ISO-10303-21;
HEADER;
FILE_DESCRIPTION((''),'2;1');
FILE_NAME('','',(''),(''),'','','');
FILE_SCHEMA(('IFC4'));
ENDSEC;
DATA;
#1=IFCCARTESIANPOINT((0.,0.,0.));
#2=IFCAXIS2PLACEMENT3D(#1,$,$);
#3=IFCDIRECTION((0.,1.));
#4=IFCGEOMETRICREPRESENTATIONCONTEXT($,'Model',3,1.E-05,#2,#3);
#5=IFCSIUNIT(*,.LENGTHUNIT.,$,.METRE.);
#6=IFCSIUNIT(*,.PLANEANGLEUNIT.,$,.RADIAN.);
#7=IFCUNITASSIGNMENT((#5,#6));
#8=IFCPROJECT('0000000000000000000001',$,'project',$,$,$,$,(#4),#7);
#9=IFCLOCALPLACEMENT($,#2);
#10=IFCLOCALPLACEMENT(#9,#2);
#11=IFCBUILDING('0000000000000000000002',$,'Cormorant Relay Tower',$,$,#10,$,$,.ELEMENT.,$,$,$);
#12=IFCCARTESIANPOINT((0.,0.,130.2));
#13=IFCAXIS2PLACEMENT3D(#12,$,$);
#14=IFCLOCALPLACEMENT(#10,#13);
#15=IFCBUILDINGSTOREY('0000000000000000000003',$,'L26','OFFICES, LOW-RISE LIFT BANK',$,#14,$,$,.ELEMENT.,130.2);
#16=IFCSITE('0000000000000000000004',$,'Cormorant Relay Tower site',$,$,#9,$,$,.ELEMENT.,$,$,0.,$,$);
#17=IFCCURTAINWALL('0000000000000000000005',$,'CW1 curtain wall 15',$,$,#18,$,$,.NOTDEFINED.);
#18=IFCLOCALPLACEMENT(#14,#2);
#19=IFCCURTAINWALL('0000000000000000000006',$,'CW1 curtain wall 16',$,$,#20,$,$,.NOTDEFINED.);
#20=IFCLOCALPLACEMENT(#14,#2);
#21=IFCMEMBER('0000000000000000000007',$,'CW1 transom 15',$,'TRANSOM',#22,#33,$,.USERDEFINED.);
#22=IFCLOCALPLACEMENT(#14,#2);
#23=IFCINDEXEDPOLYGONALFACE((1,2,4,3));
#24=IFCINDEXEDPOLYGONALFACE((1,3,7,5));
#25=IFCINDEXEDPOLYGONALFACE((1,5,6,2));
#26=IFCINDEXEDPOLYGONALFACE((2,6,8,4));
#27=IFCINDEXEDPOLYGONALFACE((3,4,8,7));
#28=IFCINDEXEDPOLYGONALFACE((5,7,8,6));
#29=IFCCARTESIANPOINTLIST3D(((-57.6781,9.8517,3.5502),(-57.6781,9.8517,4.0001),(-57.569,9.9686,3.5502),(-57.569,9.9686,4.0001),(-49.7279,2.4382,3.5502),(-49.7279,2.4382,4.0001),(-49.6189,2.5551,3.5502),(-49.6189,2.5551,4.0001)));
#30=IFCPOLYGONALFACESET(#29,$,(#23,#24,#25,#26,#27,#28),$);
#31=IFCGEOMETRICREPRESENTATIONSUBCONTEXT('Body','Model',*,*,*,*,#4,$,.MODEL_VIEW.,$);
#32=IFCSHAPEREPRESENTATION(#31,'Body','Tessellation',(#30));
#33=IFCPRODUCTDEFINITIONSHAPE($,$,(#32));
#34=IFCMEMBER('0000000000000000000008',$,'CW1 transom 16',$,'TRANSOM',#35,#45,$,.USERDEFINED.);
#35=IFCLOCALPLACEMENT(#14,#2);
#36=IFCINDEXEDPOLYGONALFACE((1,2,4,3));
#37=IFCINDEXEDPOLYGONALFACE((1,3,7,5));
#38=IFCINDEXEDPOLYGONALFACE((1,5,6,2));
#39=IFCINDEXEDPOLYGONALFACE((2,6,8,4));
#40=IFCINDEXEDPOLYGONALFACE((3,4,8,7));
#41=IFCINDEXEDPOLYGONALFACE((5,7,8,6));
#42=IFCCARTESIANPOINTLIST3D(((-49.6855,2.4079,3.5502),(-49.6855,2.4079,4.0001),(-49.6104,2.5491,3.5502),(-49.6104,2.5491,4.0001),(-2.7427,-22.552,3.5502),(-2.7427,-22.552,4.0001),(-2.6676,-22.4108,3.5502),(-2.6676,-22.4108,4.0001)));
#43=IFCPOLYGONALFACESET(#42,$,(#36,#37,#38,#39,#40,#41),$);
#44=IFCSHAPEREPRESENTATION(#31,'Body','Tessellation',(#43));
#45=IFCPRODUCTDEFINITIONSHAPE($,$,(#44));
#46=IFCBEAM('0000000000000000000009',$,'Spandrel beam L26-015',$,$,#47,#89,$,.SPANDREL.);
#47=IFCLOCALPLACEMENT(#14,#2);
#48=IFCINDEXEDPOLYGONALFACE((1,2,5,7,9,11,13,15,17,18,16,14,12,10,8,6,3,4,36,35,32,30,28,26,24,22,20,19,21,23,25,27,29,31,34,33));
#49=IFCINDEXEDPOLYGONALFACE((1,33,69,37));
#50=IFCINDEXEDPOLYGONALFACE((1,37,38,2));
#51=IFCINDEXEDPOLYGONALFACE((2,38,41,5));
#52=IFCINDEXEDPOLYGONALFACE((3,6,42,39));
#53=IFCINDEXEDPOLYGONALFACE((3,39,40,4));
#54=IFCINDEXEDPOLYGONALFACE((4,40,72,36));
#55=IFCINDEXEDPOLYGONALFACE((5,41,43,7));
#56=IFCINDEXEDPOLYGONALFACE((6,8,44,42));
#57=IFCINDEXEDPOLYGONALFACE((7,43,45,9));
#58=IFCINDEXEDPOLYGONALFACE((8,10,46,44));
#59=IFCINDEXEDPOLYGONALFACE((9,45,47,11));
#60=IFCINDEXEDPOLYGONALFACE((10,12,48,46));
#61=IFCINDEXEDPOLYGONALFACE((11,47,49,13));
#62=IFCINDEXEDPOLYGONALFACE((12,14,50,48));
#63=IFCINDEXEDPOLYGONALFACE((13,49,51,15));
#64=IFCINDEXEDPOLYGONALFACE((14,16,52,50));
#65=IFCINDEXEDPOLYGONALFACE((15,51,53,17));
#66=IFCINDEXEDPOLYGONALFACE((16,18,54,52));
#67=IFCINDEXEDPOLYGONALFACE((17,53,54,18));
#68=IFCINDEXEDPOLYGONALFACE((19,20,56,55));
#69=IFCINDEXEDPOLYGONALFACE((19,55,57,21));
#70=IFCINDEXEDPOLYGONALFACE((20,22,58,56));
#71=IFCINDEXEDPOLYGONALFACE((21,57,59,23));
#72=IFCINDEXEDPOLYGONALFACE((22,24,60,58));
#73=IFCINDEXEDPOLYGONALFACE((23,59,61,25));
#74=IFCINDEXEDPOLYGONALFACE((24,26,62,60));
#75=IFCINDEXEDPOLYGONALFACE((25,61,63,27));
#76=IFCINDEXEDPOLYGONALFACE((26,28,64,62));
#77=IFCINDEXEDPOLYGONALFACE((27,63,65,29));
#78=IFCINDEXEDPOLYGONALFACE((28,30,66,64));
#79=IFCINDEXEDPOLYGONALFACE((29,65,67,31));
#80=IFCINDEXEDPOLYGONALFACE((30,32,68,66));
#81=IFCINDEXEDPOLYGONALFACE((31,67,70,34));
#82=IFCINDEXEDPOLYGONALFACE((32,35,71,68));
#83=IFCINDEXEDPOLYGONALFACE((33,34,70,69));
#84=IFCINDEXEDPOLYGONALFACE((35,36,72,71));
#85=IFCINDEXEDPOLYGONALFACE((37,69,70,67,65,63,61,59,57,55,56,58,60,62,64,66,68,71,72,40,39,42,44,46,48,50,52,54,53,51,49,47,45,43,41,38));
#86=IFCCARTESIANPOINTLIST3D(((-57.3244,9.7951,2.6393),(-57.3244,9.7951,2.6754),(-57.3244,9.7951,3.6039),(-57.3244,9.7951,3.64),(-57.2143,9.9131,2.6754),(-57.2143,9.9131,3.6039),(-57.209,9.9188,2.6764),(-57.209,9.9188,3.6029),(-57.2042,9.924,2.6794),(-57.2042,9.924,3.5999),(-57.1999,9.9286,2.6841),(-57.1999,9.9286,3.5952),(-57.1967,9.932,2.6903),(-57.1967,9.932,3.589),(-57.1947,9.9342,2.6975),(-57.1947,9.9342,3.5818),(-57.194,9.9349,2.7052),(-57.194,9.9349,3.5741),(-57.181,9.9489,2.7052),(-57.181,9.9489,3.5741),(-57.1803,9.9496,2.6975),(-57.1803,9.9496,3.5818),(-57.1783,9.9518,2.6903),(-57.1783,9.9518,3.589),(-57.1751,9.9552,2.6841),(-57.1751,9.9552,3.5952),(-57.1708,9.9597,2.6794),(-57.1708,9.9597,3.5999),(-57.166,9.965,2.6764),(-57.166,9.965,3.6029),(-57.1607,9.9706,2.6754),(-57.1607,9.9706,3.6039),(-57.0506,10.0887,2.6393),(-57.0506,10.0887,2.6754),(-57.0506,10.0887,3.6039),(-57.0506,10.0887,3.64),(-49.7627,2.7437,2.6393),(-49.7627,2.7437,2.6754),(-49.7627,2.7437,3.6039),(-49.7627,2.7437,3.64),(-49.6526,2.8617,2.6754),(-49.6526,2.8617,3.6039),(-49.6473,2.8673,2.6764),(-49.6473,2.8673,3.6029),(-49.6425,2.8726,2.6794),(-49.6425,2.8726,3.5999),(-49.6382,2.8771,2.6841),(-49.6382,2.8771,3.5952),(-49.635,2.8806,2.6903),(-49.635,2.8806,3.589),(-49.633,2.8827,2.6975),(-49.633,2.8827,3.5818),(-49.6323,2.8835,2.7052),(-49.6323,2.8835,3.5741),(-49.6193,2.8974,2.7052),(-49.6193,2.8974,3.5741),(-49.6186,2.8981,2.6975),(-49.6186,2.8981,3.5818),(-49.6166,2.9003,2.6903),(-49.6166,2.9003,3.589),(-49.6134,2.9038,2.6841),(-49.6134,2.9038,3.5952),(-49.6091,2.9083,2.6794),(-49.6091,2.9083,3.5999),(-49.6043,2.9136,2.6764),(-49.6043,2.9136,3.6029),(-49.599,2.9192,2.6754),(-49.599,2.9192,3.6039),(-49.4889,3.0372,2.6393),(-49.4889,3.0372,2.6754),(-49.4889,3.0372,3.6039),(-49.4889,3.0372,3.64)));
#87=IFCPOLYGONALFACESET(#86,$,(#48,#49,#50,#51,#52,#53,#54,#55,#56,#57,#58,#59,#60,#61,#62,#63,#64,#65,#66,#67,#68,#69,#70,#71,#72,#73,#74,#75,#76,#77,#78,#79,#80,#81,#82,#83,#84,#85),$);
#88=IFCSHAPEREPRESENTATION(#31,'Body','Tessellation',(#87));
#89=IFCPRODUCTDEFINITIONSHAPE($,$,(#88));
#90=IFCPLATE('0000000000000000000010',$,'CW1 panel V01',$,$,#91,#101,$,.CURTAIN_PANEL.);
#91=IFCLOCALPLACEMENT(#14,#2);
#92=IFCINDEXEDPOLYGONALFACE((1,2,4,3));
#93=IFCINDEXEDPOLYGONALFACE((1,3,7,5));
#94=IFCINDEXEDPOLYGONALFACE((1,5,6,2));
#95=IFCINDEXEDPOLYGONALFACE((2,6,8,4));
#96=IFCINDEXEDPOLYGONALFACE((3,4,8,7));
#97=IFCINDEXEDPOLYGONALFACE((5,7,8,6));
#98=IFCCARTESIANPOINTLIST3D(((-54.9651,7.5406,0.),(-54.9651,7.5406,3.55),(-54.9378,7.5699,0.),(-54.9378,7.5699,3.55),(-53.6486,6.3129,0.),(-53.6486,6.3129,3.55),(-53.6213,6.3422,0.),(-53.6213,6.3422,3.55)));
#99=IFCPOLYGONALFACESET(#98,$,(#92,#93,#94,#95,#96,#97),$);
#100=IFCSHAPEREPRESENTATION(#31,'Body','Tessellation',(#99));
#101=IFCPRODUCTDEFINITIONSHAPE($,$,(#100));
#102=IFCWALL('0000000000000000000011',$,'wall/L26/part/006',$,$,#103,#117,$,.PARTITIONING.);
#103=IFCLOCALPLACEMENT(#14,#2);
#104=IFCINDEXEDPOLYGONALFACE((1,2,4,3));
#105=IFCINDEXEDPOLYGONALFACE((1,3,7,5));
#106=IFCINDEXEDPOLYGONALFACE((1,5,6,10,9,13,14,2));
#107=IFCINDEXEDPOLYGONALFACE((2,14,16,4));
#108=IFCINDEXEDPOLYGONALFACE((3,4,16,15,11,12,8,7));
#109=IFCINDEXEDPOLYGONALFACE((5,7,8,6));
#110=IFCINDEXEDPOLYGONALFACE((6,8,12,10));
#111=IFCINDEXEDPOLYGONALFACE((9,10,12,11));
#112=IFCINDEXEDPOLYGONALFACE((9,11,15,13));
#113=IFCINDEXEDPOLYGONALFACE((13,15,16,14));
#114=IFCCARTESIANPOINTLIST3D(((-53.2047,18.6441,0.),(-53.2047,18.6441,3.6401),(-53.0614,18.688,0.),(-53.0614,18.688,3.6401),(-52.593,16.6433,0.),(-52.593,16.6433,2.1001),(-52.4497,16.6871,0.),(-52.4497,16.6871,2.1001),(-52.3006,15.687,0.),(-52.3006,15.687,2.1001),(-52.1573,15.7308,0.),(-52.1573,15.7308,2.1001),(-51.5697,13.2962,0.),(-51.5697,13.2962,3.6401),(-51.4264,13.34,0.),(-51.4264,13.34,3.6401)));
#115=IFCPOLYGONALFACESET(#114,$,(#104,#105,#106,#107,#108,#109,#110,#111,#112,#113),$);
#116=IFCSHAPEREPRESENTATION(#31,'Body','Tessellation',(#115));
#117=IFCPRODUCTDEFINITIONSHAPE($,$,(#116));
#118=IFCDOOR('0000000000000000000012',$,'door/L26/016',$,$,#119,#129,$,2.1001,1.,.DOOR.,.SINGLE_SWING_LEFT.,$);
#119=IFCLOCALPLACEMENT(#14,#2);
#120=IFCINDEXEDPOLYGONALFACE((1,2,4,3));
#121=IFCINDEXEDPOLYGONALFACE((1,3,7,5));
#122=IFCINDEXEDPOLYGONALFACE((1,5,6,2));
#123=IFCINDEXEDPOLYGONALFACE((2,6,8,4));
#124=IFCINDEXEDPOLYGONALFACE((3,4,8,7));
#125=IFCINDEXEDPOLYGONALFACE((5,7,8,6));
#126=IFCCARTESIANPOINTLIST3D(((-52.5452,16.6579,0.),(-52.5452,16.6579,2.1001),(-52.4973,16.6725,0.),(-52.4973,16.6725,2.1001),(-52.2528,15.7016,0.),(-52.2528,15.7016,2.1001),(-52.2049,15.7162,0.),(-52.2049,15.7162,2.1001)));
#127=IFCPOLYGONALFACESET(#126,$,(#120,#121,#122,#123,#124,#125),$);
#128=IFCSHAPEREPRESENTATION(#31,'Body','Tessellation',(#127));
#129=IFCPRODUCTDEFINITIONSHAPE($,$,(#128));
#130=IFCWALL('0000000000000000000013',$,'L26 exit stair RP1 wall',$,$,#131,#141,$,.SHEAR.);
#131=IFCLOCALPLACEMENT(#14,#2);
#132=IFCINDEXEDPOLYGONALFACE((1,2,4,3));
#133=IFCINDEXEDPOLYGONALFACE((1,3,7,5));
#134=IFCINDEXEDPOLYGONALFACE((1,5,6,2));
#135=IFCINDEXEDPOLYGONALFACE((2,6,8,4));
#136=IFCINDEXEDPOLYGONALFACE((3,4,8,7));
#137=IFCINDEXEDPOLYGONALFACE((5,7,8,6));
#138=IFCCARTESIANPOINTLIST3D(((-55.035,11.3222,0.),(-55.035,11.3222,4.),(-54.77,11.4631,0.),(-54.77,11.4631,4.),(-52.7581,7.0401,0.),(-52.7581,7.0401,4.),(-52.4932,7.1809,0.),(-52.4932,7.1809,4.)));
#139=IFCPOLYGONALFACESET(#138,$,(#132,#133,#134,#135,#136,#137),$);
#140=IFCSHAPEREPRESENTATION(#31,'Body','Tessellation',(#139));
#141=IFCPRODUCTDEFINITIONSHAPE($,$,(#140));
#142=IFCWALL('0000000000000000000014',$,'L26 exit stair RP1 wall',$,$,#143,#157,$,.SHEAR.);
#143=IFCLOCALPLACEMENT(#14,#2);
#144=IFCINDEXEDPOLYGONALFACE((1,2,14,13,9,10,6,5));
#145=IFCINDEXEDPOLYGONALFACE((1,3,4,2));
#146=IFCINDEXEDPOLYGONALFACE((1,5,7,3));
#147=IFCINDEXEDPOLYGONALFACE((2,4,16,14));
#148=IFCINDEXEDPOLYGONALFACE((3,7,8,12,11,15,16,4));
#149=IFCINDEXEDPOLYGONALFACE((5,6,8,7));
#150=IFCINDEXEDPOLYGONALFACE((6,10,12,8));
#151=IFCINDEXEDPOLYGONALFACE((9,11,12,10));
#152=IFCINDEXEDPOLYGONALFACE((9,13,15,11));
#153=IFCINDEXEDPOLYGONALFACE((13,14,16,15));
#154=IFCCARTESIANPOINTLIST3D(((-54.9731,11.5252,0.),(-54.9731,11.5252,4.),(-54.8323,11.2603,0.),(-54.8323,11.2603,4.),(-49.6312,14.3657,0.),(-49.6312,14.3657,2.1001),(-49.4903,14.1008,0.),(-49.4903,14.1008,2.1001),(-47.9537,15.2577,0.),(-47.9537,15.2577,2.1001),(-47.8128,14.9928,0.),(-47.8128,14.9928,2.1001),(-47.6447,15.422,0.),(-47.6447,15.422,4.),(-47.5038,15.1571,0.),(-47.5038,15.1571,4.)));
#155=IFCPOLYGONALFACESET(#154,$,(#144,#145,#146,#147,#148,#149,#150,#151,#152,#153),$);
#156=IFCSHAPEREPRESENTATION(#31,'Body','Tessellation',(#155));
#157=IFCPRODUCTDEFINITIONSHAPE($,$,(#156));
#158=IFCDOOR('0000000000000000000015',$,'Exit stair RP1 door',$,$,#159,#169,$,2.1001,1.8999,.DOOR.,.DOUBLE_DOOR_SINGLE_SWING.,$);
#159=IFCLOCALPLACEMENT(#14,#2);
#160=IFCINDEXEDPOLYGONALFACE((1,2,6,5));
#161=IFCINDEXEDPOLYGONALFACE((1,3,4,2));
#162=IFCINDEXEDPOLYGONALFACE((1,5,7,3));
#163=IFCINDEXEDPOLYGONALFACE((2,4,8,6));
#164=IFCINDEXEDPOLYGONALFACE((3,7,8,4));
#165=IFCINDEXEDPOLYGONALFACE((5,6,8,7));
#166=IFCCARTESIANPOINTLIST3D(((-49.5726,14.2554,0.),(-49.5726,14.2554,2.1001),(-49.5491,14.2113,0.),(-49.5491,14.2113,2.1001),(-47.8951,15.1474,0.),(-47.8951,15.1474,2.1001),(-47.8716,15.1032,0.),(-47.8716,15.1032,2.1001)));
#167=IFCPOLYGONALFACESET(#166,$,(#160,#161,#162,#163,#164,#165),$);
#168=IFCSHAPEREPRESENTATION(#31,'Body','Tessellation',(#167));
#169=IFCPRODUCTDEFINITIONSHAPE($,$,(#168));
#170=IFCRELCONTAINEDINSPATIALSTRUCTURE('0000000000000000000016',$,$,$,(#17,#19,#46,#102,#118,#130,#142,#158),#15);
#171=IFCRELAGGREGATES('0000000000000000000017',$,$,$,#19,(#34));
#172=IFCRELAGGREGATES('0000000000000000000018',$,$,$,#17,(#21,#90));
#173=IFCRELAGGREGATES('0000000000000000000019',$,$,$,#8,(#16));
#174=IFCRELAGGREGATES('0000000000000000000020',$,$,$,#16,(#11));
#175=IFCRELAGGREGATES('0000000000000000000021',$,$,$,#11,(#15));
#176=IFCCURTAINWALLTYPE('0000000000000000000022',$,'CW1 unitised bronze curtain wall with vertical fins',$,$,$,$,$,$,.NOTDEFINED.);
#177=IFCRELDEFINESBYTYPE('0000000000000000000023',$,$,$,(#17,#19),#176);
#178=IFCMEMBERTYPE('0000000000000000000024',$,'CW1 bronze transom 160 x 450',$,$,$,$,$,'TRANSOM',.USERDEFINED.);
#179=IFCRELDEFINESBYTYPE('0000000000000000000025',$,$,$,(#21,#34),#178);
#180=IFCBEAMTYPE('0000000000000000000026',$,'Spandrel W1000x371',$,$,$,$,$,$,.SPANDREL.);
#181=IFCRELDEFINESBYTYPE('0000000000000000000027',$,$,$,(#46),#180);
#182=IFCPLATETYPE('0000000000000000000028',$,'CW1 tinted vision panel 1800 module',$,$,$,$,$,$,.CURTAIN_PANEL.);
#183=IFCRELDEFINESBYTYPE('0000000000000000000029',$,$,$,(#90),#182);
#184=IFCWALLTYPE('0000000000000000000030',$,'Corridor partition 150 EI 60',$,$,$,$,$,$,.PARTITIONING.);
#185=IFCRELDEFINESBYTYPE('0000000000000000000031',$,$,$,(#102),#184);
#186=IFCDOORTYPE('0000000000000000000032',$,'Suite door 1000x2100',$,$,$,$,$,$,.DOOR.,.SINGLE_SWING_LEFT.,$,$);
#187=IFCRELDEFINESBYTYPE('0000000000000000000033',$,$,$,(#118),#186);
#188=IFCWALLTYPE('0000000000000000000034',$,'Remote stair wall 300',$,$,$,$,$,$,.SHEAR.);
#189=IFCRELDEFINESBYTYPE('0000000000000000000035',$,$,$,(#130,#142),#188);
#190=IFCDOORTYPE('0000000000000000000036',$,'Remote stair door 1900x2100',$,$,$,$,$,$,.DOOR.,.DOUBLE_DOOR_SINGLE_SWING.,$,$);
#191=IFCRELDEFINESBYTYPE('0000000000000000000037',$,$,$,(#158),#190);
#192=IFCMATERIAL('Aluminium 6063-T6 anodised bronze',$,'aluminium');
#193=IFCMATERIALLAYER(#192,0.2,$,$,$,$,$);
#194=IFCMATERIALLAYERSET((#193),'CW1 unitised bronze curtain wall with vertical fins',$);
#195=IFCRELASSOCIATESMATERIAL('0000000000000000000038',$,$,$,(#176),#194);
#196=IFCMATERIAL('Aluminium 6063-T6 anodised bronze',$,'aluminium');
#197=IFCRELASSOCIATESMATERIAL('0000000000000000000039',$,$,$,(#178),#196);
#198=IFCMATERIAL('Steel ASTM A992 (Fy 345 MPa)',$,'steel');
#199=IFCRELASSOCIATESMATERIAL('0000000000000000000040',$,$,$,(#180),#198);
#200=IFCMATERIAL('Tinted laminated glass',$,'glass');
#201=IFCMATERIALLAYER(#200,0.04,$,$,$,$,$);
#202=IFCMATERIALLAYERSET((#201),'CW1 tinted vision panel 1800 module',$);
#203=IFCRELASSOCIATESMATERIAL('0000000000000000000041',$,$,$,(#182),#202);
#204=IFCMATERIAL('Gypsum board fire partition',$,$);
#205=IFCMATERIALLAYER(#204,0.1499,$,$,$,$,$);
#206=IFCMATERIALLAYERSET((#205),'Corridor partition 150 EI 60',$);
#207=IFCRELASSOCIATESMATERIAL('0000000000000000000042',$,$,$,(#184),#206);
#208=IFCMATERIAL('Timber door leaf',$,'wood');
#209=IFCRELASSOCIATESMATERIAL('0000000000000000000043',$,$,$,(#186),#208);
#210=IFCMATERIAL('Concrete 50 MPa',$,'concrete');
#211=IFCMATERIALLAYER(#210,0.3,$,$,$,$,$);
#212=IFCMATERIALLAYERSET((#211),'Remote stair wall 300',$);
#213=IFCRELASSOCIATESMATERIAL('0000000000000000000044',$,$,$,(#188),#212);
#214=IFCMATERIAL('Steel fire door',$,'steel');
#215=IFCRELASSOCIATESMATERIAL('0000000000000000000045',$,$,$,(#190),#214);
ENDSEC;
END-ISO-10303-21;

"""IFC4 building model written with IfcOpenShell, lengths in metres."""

from ifc_helpers import new_model, si_unit, direction, frame, frame_2d, origin, origin_2d, place, context, subcontext, project, spatial, rectangle, i_section, extrude, material, layer, layer_set, material_profile, profile_set, type_object, element, fill, aggregate, save


model = new_model("IFC4")

# Units and contexts
model_context = context("Model", 3, precision=1e-05, world=origin(), true_north=direction((0.0, 1.0)))
body_context = subcontext(model_context, "Body", "Model", "MODEL_VIEW")
ifc_project = project(units=[si_unit("LENGTHUNIT", "METRE"), si_unit("PLANEANGLEUNIT", "RADIAN")], contexts=[model_context])

# Site, building, storey
site_placement = place(None, origin())
site = spatial("IfcSite", under=ifc_project, at=site_placement, Name="Cormorant Relay Tower site", CompositionType="ELEMENT", RefElevation=0.0)
building_placement = place(site_placement, origin())
building = spatial("IfcBuilding", under=site, at=building_placement, Name="Cormorant Relay Tower", CompositionType="ELEMENT")
storey_placement = place(building_placement, frame((0.0, 0.0, 130.2)))
storey = spatial("IfcBuildingStorey", under=building, at=storey_placement, Name="L26", Description="OFFICES, LOW-RISE LIFT BANK", CompositionType="ELEMENT", Elevation=130.2)

# Shared definitions
ifc_material_1 = material(Name="Aluminium 6063-T6 anodised bronze", Category="aluminium")
ifc_layer_1 = layer(ifc_material_1, 0.2)
ifc_layer_set_1 = layer_set([ifc_layer_1], Name="CW1 unitised bronze curtain wall with vertical fins")
curtain_wall_type = type_object("IfcCurtainWallType", Name="CW1 unitised bronze curtain wall with vertical fins", PredefinedType="NOTDEFINED", material=ifc_layer_set_1)

# Curtain wall
curtain_wall_1_placement = place(storey_placement, origin())
curtain_wall_1 = element("IfcCurtainWall", 1, at=curtain_wall_1_placement, inside=storey, type_object=curtain_wall_type, Name="CW1 curtain wall 15", PredefinedType="NOTDEFINED")

# Curtain wall
curtain_wall_2_placement = place(storey_placement, origin())
curtain_wall_2 = element("IfcCurtainWall", 2, at=curtain_wall_2_placement, inside=storey, type_object=curtain_wall_type, Name="CW1 curtain wall 16", PredefinedType="NOTDEFINED")

# Members
ifc_material_2 = material(Name="Aluminium 6063-T6 anodised bronze", Category="aluminium")
ifc_material_profile_1 = material_profile(ifc_material_2, rectangle(XDim=0.1599, YDim=0.45, at=origin_2d()), Name="AL 160x450")
ifc_profile_set_1 = profile_set([ifc_material_profile_1], Name="Aluminium 6063-T6 anodised bronze")
member_type_1 = type_object("IfcMemberType", Name="CW1 bronze transom 160 x 450", ElementType="TRANSOM", PredefinedType="USERDEFINED", material=ifc_profile_set_1)
member_1_placement = place(storey_placement, frame((-57.6235, 9.9102, 3.7751), z_axis=(0.731358, -0.681993, 0.0), x_axis=(0.681993, 0.731358, 0.0)))
member_1 = element("IfcMember", 3, at=member_1_placement, type_object=member_type_1, Name="CW1 transom 15", ObjectType="TRANSOM", PredefinedType="USERDEFINED", context=body_context, shape_type="SweptSolid", body=[
    extrude(rectangle(XDim=0.1599, YDim=0.45, at=origin_2d()), origin(), (0.0, 0.0, 1.0), 10.8704),
])
member_2_placement = place(storey_placement, frame((-49.6479, 2.4785, 3.7751), z_axis=(0.882948, -0.469471, 0.0), x_axis=(0.469471, 0.882948, 0.0)))
member_2 = element("IfcMember", 4, at=member_2_placement, type_object=member_type_1, Name="CW1 transom 16", ObjectType="TRANSOM", PredefinedType="USERDEFINED", context=body_context, shape_type="SweptSolid", body=[
    extrude(rectangle(XDim=0.1599, YDim=0.45, at=origin_2d()), origin(), (0.0, 0.0, 1.0), 53.166),
])
aggregate(curtain_wall_2, [member_2])

# Beam
ifc_material_3 = material(Name="Steel ASTM A992 (Fy 345 MPa)", Category="steel")
ifc_material_profile_2 = material_profile(ifc_material_3, i_section(OverallWidth=0.4014, OverallDepth=1.0007, WebThickness=0.019, FlangeThickness=0.0361, FilletRadius=0.0298, at=origin_2d()), Name="W1000x371")
ifc_profile_set_2 = profile_set([ifc_material_profile_2], Name="Steel ASTM A992 (Fy 345 MPa)")
beam_type = type_object("IfcBeamType", Name="Spandrel W1000x371", PredefinedType="SPANDREL", material=ifc_profile_set_2)
beam_placement = place(storey_placement, frame((-57.1875, 9.9419, 3.1396), z_axis=(0.731351, -0.682001, 0.0), x_axis=(0.682001, 0.731351, 0.0)))
element("IfcBeam", 5, at=beam_placement, inside=storey, type_object=beam_type, Name="Spandrel beam L26-015", PredefinedType="SPANDREL", context=body_context, shape_type="SweptSolid", body=[
    extrude(i_section(OverallWidth=0.4014, OverallDepth=1.0007, WebThickness=0.019, FlangeThickness=0.0361, FilletRadius=0.0298, at=origin_2d()), origin(), (0.0, 0.0, 1.0), 10.3394),
])

# Plate
ifc_material_4 = material(Name="Tinted laminated glass", Category="glass")
ifc_layer_2 = layer(ifc_material_4, 0.04)
ifc_layer_set_2 = layer_set([ifc_layer_2], Name="CW1 tinted vision panel 1800 module")
plate_type = type_object("IfcPlateType", Name="CW1 tinted vision panel 1800 module", PredefinedType="CURTAIN_PANEL", material=ifc_layer_set_2)
plate_placement = place(storey_placement, frame((-54.2932, 6.9414, 0.0), z_axis=(0.0, 0.0, 1.0), x_axis=(0.731354, -0.681998, 0.0)))
plate = element("IfcPlate", 6, at=plate_placement, type_object=plate_type, Name="CW1 panel V01", PredefinedType="CURTAIN_PANEL", context=body_context, shape_type="SweptSolid", body=[
    extrude(rectangle(XDim=1.8, YDim=0.04, at=origin_2d()), origin(), (0.0, 0.0, 1.0), 3.55),
])

# Wall, opening, door
ifc_material_5 = material(Name="Gypsum board fire partition")
ifc_layer_3 = layer(ifc_material_5, 0.1499)
ifc_layer_set_3 = layer_set([ifc_layer_3], Name="Corridor partition 150 EI 60")
wall_type_1 = type_object("IfcWallType", Name="Corridor partition 150 EI 60", PredefinedType="PARTITIONING", material=ifc_layer_set_3)
wall_1_placement = place(storey_placement, frame((-51.498, 13.3181, 0.0), z_axis=(0.0, 0.0, 1.0), x_axis=(-0.29237, 0.956305, 0.0)))
wall_1 = element("IfcWall", 7, at=wall_1_placement, inside=storey, type_object=wall_type_1, Name="wall/L26/part/006", PredefinedType="PARTITIONING", context=body_context, shape_type="SweptSolid", body=[
    extrude(rectangle(XDim=5.5923, YDim=0.1499, at=frame_2d((2.7961, 0.0))), origin(), (0.0, 0.0, 1.0), 3.6401),
])
opening_1_placement = place(wall_1_placement, frame((2.5, 0.0, 0.0)))
opening_1 = element("IfcOpeningElement", 8, at=opening_1_placement, cuts=wall_1, PredefinedType="OPENING", context=body_context, shape_type="SweptSolid", body=[
    extrude(rectangle(XDim=1.0, YDim=2.1001, at=frame_2d((0.5, 1.05))), frame((0.0, 0.085, 0.0), z_axis=(0.0, -1.0, 0.0), x_axis=(1.0, 0.0, 0.0)), (0.0, 0.0, 1.0), 0.1699),
])
ifc_material_6 = material(Name="Timber door leaf", Category="wood")
door_type_1 = type_object("IfcDoorType", Name="Suite door 1000x2100", OperationType="SINGLE_SWING_LEFT", PredefinedType="DOOR", material=ifc_material_6)
door_1_placement = place(opening_1_placement, origin())
door_1 = element("IfcDoor", 9, at=door_1_placement, inside=storey, type_object=door_type_1, Name="door/L26/016", OperationType="SINGLE_SWING_LEFT", OverallHeight=2.1001, OverallWidth=1.0, PredefinedType="DOOR", context=body_context, shape_type="SweptSolid", body=[
    extrude(rectangle(XDim=1.0, YDim=2.1001, at=frame_2d((0.5, 1.05))), frame((0.0, 0.0249, 0.0), z_axis=(0.0, -1.0, 0.0), x_axis=(1.0, 0.0, 0.0)), (0.0, 0.0, 1.0), 0.05),
])
fill(opening_1, door_1)

# Wall
ifc_material_7 = material(Name="Concrete 50 MPa", Category="concrete")
ifc_layer_4 = layer(ifc_material_7, 0.3)
ifc_layer_set_4 = layer_set([ifc_layer_4], Name="Remote stair wall 300")
wall_type_2 = type_object("IfcWallType", Name="Remote stair wall 300", PredefinedType="SHEAR", material=ifc_layer_set_4)
wall_2_placement = place(storey_placement, frame((-52.6257, 7.1106, 0.0), z_axis=(0.0, 0.0, 1.0), x_axis=(-0.469464, 0.882951, 0.0)))
element("IfcWall", 10, at=wall_2_placement, inside=storey, type_object=wall_type_2, Name="L26 exit stair RP1 wall", PredefinedType="SHEAR", context=body_context, shape_type="SweptSolid", body=[
    extrude(rectangle(XDim=4.8499, YDim=0.3, at=frame_2d((2.4248, 0.0))), origin(), (0.0, 0.0, 1.0), 4.0),
])

# Wall, opening, door
wall_3_placement = place(storey_placement, frame((-54.9026, 11.3928, 0.0), z_axis=(0.0, 0.0, 1.0), x_axis=(0.882939, 0.469487, 0.0)))
wall_3 = element("IfcWall", 11, at=wall_3_placement, inside=storey, type_object=wall_type_2, Name="L26 exit stair RP1 wall", PredefinedType="SHEAR", context=body_context, shape_type="SweptSolid", body=[
    extrude(rectangle(XDim=8.3, YDim=0.3, at=frame_2d((4.1499, 0.0))), origin(), (0.0, 0.0, 1.0), 4.0),
])
opening_2_placement = place(wall_3_placement, frame((6.05, 0.0, 0.0)))
opening_2 = element("IfcOpeningElement", 12, at=opening_2_placement, cuts=wall_3, PredefinedType="OPENING", context=body_context, shape_type="SweptSolid", body=[
    extrude(rectangle(XDim=1.8999, YDim=2.1001, at=frame_2d((0.95, 1.05))), frame((0.0, 0.1599, 0.0), z_axis=(0.0, -1.0, 0.0), x_axis=(1.0, 0.0, 0.0)), (0.0, 0.0, 1.0), 0.3201),
])
ifc_material_8 = material(Name="Steel fire door", Category="steel")
door_type_2 = type_object("IfcDoorType", Name="Remote stair door 1900x2100", OperationType="DOUBLE_DOOR_SINGLE_SWING", PredefinedType="DOOR", material=ifc_material_8)
door_2_placement = place(opening_2_placement, frame((1.8999, 0.0, 0.0), z_axis=(0.0, 0.0, 1.0), x_axis=(-1.0, 0.0, 0.0)))
door_2 = element("IfcDoor", 13, at=door_2_placement, inside=storey, type_object=door_type_2, Name="Exit stair RP1 door", OperationType="DOUBLE_DOOR_SINGLE_SWING", OverallHeight=2.1001, OverallWidth=1.8999, PredefinedType="DOOR", context=body_context, shape_type="SweptSolid", body=[
    extrude(rectangle(XDim=1.8999, YDim=2.1001, at=frame_2d((0.95, 1.05))), frame((0.0, 0.0249, 0.0), z_axis=(0.0, -1.0, 0.0), x_axis=(1.0, 0.0, 0.0)), (0.0, 0.0, 1.0), 0.05),
])
fill(opening_2, door_2)

aggregate(curtain_wall_1, [member_1, plate])

save(model, "model.ifc")
